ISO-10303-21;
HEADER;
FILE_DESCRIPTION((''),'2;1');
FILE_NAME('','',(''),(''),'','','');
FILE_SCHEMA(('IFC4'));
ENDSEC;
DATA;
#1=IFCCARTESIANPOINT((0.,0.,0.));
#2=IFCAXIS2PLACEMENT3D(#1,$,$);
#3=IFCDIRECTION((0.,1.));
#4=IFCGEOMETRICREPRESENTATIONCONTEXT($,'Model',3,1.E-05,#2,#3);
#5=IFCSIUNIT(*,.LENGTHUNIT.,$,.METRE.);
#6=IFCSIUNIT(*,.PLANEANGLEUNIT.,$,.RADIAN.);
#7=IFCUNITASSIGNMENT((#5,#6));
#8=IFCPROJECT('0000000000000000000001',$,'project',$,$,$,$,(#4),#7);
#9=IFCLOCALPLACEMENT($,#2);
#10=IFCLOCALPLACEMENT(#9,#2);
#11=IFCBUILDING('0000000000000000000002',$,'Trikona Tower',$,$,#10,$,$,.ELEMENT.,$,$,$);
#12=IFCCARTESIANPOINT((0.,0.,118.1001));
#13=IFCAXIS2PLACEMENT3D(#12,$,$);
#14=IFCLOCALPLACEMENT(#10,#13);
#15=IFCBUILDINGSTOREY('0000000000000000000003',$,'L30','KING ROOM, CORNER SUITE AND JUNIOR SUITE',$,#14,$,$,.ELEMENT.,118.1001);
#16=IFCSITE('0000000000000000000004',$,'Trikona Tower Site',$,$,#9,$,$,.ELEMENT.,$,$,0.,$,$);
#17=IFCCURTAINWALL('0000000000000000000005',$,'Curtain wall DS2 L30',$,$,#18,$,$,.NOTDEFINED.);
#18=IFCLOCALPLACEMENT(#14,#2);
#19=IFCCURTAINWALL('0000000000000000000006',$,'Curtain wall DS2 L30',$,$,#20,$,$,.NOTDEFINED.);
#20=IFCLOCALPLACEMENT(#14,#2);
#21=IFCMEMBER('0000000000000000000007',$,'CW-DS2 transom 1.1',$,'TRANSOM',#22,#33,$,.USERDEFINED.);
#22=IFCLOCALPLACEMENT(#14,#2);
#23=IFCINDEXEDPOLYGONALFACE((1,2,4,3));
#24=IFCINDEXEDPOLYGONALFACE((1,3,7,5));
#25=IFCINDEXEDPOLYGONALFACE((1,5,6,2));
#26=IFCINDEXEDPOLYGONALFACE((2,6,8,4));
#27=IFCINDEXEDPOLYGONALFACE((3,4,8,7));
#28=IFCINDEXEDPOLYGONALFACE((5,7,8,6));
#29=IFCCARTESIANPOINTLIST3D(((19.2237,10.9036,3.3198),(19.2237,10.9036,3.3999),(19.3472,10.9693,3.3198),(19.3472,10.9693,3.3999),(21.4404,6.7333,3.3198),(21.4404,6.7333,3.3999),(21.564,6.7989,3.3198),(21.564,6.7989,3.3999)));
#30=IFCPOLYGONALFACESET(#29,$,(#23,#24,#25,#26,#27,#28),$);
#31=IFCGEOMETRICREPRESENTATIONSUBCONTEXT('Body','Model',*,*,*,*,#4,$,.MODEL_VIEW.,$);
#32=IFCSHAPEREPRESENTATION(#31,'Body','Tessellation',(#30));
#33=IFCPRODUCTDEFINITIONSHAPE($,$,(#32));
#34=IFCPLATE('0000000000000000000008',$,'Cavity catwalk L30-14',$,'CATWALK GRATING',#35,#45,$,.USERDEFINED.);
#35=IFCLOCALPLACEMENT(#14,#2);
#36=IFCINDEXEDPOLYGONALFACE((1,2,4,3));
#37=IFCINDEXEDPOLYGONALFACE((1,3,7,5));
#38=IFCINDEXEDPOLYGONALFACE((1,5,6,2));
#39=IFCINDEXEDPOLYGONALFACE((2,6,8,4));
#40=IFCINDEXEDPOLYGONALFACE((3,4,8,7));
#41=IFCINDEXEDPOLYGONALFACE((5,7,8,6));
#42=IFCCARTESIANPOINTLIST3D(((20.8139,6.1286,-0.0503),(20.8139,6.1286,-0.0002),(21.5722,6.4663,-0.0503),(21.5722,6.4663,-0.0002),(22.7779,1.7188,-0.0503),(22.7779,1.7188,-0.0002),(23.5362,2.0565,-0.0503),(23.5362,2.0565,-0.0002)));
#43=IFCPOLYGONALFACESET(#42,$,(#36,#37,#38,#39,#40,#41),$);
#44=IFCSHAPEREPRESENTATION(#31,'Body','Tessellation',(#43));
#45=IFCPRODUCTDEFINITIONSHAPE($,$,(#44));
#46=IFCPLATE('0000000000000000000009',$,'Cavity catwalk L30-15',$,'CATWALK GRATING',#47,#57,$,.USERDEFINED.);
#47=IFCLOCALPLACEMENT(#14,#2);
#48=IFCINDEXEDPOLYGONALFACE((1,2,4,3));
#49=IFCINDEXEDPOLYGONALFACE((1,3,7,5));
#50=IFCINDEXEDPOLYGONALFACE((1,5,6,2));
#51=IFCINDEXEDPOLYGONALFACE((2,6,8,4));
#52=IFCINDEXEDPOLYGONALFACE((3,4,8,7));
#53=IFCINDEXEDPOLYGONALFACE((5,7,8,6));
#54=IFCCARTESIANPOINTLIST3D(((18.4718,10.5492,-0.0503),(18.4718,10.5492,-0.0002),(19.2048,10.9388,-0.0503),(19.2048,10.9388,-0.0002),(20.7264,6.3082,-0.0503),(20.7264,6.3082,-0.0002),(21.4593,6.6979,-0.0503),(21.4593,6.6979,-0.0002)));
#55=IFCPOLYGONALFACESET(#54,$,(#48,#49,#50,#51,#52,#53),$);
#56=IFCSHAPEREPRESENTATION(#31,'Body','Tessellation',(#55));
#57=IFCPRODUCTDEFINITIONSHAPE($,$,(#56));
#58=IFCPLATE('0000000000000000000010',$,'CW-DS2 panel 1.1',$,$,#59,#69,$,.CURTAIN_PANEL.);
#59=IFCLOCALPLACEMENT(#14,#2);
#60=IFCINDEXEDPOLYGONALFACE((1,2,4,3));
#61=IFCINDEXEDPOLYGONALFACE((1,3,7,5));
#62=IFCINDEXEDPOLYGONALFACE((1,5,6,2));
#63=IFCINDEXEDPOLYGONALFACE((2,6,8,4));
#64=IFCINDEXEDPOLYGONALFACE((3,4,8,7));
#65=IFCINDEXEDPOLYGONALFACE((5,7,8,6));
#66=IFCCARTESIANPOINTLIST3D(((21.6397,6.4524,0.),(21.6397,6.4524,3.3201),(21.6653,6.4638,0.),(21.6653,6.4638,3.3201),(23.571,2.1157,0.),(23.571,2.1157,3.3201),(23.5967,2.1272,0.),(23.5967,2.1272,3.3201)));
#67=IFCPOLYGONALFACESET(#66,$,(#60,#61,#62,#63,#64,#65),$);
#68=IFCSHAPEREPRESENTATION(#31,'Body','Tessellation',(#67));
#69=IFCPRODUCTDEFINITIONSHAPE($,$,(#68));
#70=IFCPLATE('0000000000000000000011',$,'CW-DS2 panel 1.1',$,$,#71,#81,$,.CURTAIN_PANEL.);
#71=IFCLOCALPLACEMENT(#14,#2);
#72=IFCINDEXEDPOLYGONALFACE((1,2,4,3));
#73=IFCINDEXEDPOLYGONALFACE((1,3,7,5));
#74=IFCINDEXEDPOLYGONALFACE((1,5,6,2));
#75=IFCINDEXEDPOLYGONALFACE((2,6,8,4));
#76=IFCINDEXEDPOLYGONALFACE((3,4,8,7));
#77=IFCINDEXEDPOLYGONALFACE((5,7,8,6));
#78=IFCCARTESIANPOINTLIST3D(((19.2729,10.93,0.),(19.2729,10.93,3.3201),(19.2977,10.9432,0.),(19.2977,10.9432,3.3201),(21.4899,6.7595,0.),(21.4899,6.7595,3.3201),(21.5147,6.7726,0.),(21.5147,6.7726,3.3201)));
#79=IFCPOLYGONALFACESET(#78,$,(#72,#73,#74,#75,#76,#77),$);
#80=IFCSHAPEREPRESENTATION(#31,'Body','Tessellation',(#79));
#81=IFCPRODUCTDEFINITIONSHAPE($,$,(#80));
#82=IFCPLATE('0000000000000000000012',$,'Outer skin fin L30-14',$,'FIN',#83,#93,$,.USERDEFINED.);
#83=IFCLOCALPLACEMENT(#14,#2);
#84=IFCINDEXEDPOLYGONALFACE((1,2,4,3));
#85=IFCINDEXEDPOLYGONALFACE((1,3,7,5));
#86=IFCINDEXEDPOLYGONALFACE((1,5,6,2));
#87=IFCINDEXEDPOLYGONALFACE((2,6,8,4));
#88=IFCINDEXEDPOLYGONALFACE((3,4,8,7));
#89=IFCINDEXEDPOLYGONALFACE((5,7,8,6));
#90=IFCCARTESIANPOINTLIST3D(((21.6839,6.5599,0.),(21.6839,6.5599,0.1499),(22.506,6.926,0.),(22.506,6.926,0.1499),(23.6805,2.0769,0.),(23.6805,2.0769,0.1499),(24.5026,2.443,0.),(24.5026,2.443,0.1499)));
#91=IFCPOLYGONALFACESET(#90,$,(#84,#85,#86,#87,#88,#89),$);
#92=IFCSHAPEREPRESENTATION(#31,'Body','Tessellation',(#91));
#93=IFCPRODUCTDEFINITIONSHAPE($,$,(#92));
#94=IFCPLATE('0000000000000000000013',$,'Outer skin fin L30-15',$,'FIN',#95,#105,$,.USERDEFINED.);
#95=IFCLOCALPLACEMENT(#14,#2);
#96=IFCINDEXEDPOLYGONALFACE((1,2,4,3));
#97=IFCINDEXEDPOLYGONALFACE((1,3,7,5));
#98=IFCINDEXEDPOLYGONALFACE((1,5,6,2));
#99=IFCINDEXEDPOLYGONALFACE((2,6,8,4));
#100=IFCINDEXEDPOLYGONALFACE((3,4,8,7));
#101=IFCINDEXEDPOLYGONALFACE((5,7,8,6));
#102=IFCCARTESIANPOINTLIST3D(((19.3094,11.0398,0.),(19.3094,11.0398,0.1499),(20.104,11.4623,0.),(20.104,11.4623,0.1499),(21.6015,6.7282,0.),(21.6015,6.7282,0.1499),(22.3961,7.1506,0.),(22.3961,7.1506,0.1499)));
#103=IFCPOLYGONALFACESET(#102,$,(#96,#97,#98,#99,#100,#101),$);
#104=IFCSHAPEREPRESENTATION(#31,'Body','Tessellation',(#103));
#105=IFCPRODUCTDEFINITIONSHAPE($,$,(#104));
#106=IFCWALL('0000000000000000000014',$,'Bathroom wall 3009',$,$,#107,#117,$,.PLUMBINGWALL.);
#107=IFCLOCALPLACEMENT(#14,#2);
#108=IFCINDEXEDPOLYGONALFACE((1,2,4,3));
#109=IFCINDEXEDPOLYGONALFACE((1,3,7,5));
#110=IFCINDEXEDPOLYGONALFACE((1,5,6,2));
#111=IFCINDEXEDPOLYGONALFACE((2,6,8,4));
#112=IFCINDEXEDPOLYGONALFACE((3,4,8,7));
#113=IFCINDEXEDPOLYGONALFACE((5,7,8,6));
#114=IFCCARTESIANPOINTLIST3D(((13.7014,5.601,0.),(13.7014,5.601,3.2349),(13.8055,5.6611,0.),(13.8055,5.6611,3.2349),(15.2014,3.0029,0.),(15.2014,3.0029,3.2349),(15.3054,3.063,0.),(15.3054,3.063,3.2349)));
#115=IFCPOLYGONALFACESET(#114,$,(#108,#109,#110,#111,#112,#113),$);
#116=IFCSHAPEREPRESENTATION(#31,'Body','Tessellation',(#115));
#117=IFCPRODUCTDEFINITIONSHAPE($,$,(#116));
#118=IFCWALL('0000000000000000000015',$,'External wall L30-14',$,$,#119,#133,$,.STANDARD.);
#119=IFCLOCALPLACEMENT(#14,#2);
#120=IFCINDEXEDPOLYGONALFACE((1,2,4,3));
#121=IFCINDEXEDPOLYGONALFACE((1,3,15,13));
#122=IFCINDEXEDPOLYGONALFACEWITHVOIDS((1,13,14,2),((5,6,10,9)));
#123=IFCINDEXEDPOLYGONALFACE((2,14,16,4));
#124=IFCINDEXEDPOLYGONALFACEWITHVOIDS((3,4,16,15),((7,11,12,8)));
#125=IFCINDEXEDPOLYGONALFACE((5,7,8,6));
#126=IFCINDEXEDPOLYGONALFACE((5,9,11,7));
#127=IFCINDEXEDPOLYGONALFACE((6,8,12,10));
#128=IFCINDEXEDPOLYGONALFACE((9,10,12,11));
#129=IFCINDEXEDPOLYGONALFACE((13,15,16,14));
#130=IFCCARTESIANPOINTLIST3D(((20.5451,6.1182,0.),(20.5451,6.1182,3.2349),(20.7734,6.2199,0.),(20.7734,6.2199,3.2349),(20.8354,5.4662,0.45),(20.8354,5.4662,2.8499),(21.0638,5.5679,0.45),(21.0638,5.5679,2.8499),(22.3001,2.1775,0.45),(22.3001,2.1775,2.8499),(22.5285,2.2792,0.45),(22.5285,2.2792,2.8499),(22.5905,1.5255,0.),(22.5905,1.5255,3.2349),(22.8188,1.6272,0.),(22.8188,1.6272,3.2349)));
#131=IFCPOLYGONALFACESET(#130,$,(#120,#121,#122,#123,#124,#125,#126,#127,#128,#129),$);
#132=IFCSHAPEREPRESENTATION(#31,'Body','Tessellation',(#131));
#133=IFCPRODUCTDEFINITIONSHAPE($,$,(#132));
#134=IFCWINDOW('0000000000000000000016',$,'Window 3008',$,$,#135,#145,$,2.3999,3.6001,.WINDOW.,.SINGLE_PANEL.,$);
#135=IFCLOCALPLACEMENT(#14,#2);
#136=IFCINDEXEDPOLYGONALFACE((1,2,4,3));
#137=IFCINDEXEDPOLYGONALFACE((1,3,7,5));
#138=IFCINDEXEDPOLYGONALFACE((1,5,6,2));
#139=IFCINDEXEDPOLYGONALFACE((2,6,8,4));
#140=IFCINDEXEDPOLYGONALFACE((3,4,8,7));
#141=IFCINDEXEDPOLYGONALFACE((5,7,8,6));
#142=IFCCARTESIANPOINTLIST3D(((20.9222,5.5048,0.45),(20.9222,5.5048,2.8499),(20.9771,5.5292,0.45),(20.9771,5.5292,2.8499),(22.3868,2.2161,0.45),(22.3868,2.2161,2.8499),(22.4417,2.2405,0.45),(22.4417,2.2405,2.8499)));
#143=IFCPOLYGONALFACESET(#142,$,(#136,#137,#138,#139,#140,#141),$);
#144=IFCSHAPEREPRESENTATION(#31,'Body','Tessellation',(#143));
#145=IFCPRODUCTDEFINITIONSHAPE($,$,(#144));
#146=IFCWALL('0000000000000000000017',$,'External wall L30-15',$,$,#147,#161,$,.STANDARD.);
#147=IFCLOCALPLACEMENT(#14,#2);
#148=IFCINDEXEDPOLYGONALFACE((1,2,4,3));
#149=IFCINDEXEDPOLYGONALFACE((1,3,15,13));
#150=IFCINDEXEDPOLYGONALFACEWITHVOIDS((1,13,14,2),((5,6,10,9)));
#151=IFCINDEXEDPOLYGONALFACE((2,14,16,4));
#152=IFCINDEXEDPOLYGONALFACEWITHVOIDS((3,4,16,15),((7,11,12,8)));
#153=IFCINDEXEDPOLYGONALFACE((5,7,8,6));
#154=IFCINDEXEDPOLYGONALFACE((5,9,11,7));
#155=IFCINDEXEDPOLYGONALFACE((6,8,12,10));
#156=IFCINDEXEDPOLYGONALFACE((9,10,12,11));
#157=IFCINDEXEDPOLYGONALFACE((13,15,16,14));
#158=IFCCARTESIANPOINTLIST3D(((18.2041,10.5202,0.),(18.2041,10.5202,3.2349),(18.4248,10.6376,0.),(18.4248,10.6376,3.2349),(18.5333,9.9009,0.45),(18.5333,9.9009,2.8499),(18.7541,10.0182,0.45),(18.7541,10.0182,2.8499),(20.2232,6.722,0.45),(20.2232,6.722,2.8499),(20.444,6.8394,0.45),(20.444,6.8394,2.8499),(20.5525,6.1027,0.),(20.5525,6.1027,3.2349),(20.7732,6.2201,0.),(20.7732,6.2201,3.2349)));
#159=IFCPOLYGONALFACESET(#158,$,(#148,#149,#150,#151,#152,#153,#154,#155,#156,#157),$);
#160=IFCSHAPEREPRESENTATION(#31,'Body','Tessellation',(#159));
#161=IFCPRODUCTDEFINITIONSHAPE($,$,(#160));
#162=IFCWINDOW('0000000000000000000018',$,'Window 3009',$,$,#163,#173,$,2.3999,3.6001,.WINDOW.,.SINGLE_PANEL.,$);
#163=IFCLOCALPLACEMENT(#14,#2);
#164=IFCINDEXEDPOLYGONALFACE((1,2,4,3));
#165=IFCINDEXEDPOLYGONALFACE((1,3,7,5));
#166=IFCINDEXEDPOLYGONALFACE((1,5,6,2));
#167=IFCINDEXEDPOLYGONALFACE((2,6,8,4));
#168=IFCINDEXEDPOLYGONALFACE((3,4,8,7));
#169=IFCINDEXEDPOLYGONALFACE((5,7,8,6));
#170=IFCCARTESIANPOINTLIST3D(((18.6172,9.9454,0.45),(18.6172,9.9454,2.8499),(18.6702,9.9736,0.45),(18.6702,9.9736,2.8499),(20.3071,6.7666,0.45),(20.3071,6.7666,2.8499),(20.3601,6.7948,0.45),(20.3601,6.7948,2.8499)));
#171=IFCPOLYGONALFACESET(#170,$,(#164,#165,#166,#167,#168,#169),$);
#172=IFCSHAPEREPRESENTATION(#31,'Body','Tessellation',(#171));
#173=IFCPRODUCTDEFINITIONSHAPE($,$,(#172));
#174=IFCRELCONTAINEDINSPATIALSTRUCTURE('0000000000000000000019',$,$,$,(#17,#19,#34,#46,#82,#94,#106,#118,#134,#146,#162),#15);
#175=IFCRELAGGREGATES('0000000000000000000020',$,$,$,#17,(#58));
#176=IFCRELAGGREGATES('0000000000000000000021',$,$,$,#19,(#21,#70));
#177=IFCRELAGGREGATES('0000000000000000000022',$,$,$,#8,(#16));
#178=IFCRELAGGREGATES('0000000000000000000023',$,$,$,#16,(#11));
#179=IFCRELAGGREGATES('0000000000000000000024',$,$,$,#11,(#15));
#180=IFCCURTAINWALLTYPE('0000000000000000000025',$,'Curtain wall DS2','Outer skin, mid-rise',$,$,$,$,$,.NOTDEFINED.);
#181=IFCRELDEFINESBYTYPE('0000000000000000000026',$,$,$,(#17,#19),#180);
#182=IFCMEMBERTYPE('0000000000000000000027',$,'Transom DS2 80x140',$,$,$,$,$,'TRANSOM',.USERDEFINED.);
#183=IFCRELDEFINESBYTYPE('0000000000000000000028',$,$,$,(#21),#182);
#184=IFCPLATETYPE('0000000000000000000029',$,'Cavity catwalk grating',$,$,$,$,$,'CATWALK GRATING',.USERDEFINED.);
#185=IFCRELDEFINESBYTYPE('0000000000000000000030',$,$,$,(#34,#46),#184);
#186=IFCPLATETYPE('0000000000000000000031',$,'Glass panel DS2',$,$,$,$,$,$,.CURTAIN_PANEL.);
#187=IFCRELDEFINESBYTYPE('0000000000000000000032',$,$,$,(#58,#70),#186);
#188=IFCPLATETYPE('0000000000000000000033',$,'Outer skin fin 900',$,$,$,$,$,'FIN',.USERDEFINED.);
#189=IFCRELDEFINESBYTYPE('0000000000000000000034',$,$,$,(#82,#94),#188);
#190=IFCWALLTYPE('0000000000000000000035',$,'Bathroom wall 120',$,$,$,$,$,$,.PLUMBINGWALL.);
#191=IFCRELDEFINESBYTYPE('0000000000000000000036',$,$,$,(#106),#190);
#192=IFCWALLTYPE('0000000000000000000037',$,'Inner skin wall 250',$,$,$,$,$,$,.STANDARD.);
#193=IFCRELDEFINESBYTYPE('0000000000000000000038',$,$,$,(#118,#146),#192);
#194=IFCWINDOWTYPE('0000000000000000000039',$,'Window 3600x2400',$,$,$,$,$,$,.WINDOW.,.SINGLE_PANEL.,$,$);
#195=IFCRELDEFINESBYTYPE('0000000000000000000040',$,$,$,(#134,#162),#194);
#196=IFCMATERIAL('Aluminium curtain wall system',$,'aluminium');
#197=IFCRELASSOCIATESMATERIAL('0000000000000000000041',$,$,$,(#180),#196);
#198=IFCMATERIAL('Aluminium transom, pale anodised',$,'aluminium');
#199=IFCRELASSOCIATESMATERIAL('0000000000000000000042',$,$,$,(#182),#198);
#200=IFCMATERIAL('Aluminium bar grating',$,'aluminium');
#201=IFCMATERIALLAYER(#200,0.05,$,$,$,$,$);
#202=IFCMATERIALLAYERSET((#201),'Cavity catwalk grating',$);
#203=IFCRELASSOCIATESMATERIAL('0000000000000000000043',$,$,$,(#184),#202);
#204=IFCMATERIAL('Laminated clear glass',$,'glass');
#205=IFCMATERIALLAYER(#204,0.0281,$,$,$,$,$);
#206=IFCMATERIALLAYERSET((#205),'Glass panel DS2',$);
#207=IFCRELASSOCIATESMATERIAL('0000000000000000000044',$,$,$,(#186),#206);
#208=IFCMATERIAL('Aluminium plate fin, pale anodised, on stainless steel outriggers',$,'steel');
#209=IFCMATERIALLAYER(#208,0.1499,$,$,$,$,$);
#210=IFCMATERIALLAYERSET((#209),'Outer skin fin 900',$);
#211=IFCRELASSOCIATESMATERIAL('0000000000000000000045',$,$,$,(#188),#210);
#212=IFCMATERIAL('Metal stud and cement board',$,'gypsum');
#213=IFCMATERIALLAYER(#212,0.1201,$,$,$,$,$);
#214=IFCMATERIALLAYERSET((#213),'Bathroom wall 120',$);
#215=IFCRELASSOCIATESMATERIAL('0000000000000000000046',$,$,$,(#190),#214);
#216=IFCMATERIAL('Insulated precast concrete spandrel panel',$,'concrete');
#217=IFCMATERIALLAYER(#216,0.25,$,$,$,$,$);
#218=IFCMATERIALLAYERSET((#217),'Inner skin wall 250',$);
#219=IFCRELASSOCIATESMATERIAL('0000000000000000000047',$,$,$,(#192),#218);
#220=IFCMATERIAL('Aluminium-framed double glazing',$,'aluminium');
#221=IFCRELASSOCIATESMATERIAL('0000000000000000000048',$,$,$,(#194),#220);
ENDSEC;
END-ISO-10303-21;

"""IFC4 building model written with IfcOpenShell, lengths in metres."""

from ifc_helpers import new_model, si_unit, direction, frame, frame_2d, origin, origin_2d, place, context, subcontext, project, spatial, rectangle, extrude, material, layer, layer_set, material_profile, profile_set, type_object, element, fill, aggregate, save


model = new_model("IFC4")

# Units and contexts
model_context = context("Model", 3, precision=1e-05, world=origin(), true_north=direction((0.0, 1.0)))
body_context = subcontext(model_context, "Body", "Model", "MODEL_VIEW")
ifc_project = project(units=[si_unit("LENGTHUNIT", "METRE"), si_unit("PLANEANGLEUNIT", "RADIAN")], contexts=[model_context])

# Site, building, storey
site_placement = place(None, origin())
site = spatial("IfcSite", under=ifc_project, at=site_placement, Name="Trikona Tower Site", CompositionType="ELEMENT", RefElevation=0.0)
building_placement = place(site_placement, origin())
building = spatial("IfcBuilding", under=site, at=building_placement, Name="Trikona Tower", CompositionType="ELEMENT")
storey_placement = place(building_placement, frame((0.0, 0.0, 118.1001)))
storey = spatial("IfcBuildingStorey", under=building, at=storey_placement, Name="L30", Description="KING ROOM, CORNER SUITE AND JUNIOR SUITE", CompositionType="ELEMENT", Elevation=118.1001)

# Shared definitions
ifc_material_1 = material(Name="Aluminium curtain wall system", Category="aluminium")
curtain_wall_type = type_object("IfcCurtainWallType", Name="Curtain wall DS2", Description="Outer skin, mid-rise", PredefinedType="NOTDEFINED", material=ifc_material_1)

# Curtain walls
curtain_wall_1_placement = place(storey_placement, origin())
curtain_wall_1 = element("IfcCurtainWall", 1, at=curtain_wall_1_placement, inside=storey, type_object=curtain_wall_type, Name="Curtain wall DS2 L30", PredefinedType="NOTDEFINED")
curtain_wall_2_placement = place(storey_placement, origin())
curtain_wall_2 = element("IfcCurtainWall", 2, at=curtain_wall_2_placement, inside=storey, type_object=curtain_wall_type, Name="Curtain wall DS2 L30", PredefinedType="NOTDEFINED")

# Member
ifc_material_2 = material(Name="Aluminium transom, pale anodised", Category="aluminium")
ifc_material_profile_1 = material_profile(ifc_material_2, rectangle(XDim=0.1399, YDim=0.0801, at=origin_2d()), Name="TRN-DS2")
ifc_profile_set_1 = profile_set([ifc_material_profile_1], Name="Aluminium transom, pale anodised")
member_type_1 = type_object("IfcMemberType", Name="Transom DS2 80x140", ElementType="TRANSOM", PredefinedType="USERDEFINED", material=ifc_profile_set_1)
member_1_placement = place(storey_placement, frame((21.5022, 6.7661, 3.3599), z_axis=(-0.469364, 0.883005, 0.0), x_axis=(-0.883005, -0.469364, 0.0)))
member_1 = element("IfcMember", 3, at=member_1_placement, type_object=member_type_1, Name="CW-DS2 transom 1.1", ObjectType="TRANSOM", PredefinedType="USERDEFINED", context=body_context, shape_type="SweptSolid", body=[
    extrude(rectangle(XDim=0.1399, YDim=0.0801, at=origin_2d()), origin(), (0.0, 0.0, 1.0), 4.7229),
])

# Plates
ifc_material_3 = material(Name="Aluminium bar grating", Category="aluminium")
ifc_layer_1 = layer(ifc_material_3, 0.05)
ifc_layer_set_1 = layer_set([ifc_layer_1], Name="Cavity catwalk grating")
plate_type_1 = type_object("IfcPlateType", Name="Cavity catwalk grating", ElementType="CATWALK GRATING", PredefinedType="USERDEFINED", material=ifc_layer_set_1)
plate_1_placement = place(storey_placement, frame((22.175, 4.0925, -0.0503), z_axis=(0.0, 0.0, 1.0), x_axis=(-0.406843, 0.913498, 0.0)))
element("IfcPlate", 4, at=plate_1_placement, inside=storey, type_object=plate_type_1, Name="Cavity catwalk L30-14", ObjectType="CATWALK GRATING", PredefinedType="USERDEFINED", context=body_context, shape_type="SweptSolid", body=[
    extrude(rectangle(XDim=4.8274, YDim=0.8301, at=origin_2d()), origin(), (0.0, 0.0, 1.0), 0.05),
])
plate_2_placement = place(storey_placement, frame((19.9656, 8.6235, -0.0503), z_axis=(0.0, 0.0, 1.0), x_axis=(-0.469398, 0.882987, 0.0)))
element("IfcPlate", 5, at=plate_2_placement, inside=storey, type_object=plate_type_1, Name="Cavity catwalk L30-15", ObjectType="CATWALK GRATING", PredefinedType="USERDEFINED", context=body_context, shape_type="SweptSolid", body=[
    extrude(rectangle(XDim=4.803, YDim=0.8301, at=origin_2d()), origin(), (0.0, 0.0, 1.0), 0.05),
])

# Plates
ifc_material_4 = material(Name="Laminated clear glass", Category="glass")
ifc_layer_2 = layer(ifc_material_4, 0.0281)
ifc_layer_set_2 = layer_set([ifc_layer_2], Name="Glass panel DS2")
plate_type_2 = type_object("IfcPlateType", Name="Glass panel DS2", PredefinedType="CURTAIN_PANEL", material=ifc_layer_set_2)
plate_3_placement = place(storey_placement, frame((22.6182, 4.2898, 0.0), z_axis=(0.0, 0.0, 1.0), x_axis=(-0.406836, 0.913501, 0.0)))
plate_3 = element("IfcPlate", 6, at=plate_3_placement, type_object=plate_type_2, Name="CW-DS2 panel 1.1", PredefinedType="CURTAIN_PANEL", context=body_context, shape_type="SweptSolid", body=[
    extrude(rectangle(XDim=4.7473, YDim=0.0281, at=origin_2d()), origin(), (0.0, 0.0, 1.0), 3.3201),
])
aggregate(curtain_wall_1, [plate_3])
plate_4_placement = place(storey_placement, frame((20.3938, 8.8513, 0.0), z_axis=(0.0, 0.0, 1.0), x_axis=(-0.46938, 0.882996, 0.0)))
plate_4 = element("IfcPlate", 7, at=plate_4_placement, type_object=plate_type_2, Name="CW-DS2 panel 1.1", PredefinedType="CURTAIN_PANEL", context=body_context, shape_type="SweptSolid", body=[
    extrude(rectangle(XDim=4.7231, YDim=0.0281, at=origin_2d()), origin(), (0.0, 0.0, 1.0), 3.3201),
])
aggregate(curtain_wall_2, [member_1, plate_4])

# Plates
ifc_material_5 = material(Name="Aluminium plate fin, pale anodised, on stainless steel outriggers", Category="steel")
ifc_layer_3 = layer(ifc_material_5, 0.1499)
ifc_layer_set_3 = layer_set([ifc_layer_3], Name="Outer skin fin 900")
plate_type_3 = type_object("IfcPlateType", Name="Outer skin fin 900", ElementType="FIN", PredefinedType="USERDEFINED", material=ifc_layer_set_3)
plate_5_placement = place(storey_placement, frame((23.0933, 4.5015, 0.0), z_axis=(0.0, 0.0, 1.0), x_axis=(-0.406843, 0.913498, 0.0)))
element("IfcPlate", 8, at=plate_5_placement, inside=storey, type_object=plate_type_3, Name="Outer skin fin L30-14", ObjectType="FIN", PredefinedType="USERDEFINED", context=body_context, shape_type="SweptSolid", body=[
    extrude(rectangle(XDim=4.9075, YDim=0.8999, at=origin_2d()), origin(), (0.0, 0.0, 1.0), 0.1499),
])
plate_6_placement = place(storey_placement, frame((20.8528, 9.0952, 0.0), z_axis=(0.0, 0.0, 1.0), x_axis=(-0.469398, 0.882987, 0.0)))
element("IfcPlate", 9, at=plate_6_placement, inside=storey, type_object=plate_type_3, Name="Outer skin fin L30-15", ObjectType="FIN", PredefinedType="USERDEFINED", context=body_context, shape_type="SweptSolid", body=[
    extrude(rectangle(XDim=4.8831, YDim=0.8999, at=origin_2d()), origin(), (0.0, 0.0, 1.0), 0.1499),
])

# Wall
ifc_material_6 = material(Name="Metal stud and cement board", Category="gypsum")
ifc_layer_4 = layer(ifc_material_6, 0.1201)
ifc_layer_set_4 = layer_set([ifc_layer_4], Name="Bathroom wall 120")
wall_type_1 = type_object("IfcWallType", Name="Bathroom wall 120", PredefinedType="PLUMBINGWALL", material=ifc_layer_set_4)
wall_1_placement = place(storey_placement, frame((15.2534, 3.033, 0.0), z_axis=(0.0, 0.0, 1.0), x_axis=(-0.49999, 0.866031, 0.0)))
element("IfcWall", 10, at=wall_1_placement, inside=storey, type_object=wall_type_1, Name="Bathroom wall 3009", PredefinedType="PLUMBINGWALL", context=body_context, shape_type="SweptSolid", body=[
    extrude(rectangle(XDim=3.0, YDim=0.1201, at=frame_2d((1.5, 0.0))), origin(), (0.0, 0.0, 1.0), 3.2349),
])

# Walls, openings, windows
ifc_material_7 = material(Name="Insulated precast concrete spandrel panel", Category="concrete")
ifc_layer_5 = layer(ifc_material_7, 0.25)
ifc_layer_set_5 = layer_set([ifc_layer_5], Name="Inner skin wall 250")
wall_type_2 = type_object("IfcWallType", Name="Inner skin wall 250", PredefinedType="STANDARD", material=ifc_layer_set_5)
wall_2_placement = place(storey_placement, frame((22.7046, 1.5764, 0.0), z_axis=(0.0, 0.0, 1.0), x_axis=(-0.406832, 0.913503, 0.0)))
wall_2 = element("IfcWall", 11, at=wall_2_placement, inside=storey, type_object=wall_type_2, Name="External wall L30-14", PredefinedType="STANDARD", context=body_context, shape_type="SweptSolid", body=[
    extrude(rectangle(XDim=5.0276, YDim=0.25, at=frame_2d((2.5137, 0.0))), origin(), (0.0, 0.0, 1.0), 3.2349),
])
opening_1_placement = place(wall_2_placement, frame((0.7136, 0.0, 0.45)))
opening_1 = element("IfcOpeningElement", 12, at=opening_1_placement, cuts=wall_2, PredefinedType="OPENING", context=body_context, shape_type="SweptSolid", body=[
    extrude(rectangle(XDim=3.6001, YDim=2.3999, at=frame_2d((1.8, 1.2))), frame((0.0, 0.135, 0.0), z_axis=(0.0, -1.0, 0.0), x_axis=(1.0, 0.0, 0.0)), (0.0, 0.0, 1.0), 0.27),
])
ifc_material_8 = material(Name="Aluminium-framed double glazing", Category="aluminium")
window_type = type_object("IfcWindowType", Name="Window 3600x2400", PartitioningType="SINGLE_PANEL", PredefinedType="WINDOW", material=ifc_material_8)
window_1_placement = place(opening_1_placement, origin())
window_1 = element("IfcWindow", 13, at=window_1_placement, inside=storey, type_object=window_type, Name="Window 3008", OverallHeight=2.3999, OverallWidth=3.6001, PartitioningType="SINGLE_PANEL", PredefinedType="WINDOW", context=body_context, shape_type="SweptSolid", body=[
    extrude(rectangle(XDim=3.6001, YDim=2.3999, at=frame_2d((1.8, 1.2))), frame((0.0, 0.03, 0.0), z_axis=(0.0, -1.0, 0.0), x_axis=(1.0, 0.0, 0.0)), (0.0, 0.0, 1.0), 0.0601),
])
fill(opening_1, window_1)
wall_3_placement = place(storey_placement, frame((20.6628, 6.1614, 0.0), z_axis=(0.0, 0.0, 1.0), x_axis=(-0.469405, 0.882983, 0.0)))
wall_3 = element("IfcWall", 14, at=wall_3_placement, inside=storey, type_object=wall_type_2, Name="External wall L30-15", PredefinedType="STANDARD", context=body_context, shape_type="SweptSolid", body=[
    extrude(rectangle(XDim=5.0029, YDim=0.25, at=frame_2d((2.5015, 0.0))), origin(), (0.0, 0.0, 1.0), 3.2349),
])
opening_2_placement = place(wall_3_placement, frame((0.7014, 0.0, 0.45)))
opening_2 = element("IfcOpeningElement", 15, at=opening_2_placement, cuts=wall_3, PredefinedType="OPENING", context=body_context, shape_type="SweptSolid", body=[
    extrude(rectangle(XDim=3.6001, YDim=2.3999, at=frame_2d((1.8, 1.2))), frame((0.0, 0.135, 0.0), z_axis=(0.0, -1.0, 0.0), x_axis=(1.0, 0.0, 0.0)), (0.0, 0.0, 1.0), 0.27),
])
window_2_placement = place(opening_2_placement, origin())
window_2 = element("IfcWindow", 16, at=window_2_placement, inside=storey, type_object=window_type, Name="Window 3009", OverallHeight=2.3999, OverallWidth=3.6001, PartitioningType="SINGLE_PANEL", PredefinedType="WINDOW", context=body_context, shape_type="SweptSolid", body=[
    extrude(rectangle(XDim=3.6001, YDim=2.3999, at=frame_2d((1.8, 1.2))), frame((0.0, 0.03, 0.0), z_axis=(0.0, -1.0, 0.0), x_axis=(1.0, 0.0, 0.0)), (0.0, 0.0, 1.0), 0.0601),
])
fill(opening_2, window_2)

save(model, "model.ifc")
